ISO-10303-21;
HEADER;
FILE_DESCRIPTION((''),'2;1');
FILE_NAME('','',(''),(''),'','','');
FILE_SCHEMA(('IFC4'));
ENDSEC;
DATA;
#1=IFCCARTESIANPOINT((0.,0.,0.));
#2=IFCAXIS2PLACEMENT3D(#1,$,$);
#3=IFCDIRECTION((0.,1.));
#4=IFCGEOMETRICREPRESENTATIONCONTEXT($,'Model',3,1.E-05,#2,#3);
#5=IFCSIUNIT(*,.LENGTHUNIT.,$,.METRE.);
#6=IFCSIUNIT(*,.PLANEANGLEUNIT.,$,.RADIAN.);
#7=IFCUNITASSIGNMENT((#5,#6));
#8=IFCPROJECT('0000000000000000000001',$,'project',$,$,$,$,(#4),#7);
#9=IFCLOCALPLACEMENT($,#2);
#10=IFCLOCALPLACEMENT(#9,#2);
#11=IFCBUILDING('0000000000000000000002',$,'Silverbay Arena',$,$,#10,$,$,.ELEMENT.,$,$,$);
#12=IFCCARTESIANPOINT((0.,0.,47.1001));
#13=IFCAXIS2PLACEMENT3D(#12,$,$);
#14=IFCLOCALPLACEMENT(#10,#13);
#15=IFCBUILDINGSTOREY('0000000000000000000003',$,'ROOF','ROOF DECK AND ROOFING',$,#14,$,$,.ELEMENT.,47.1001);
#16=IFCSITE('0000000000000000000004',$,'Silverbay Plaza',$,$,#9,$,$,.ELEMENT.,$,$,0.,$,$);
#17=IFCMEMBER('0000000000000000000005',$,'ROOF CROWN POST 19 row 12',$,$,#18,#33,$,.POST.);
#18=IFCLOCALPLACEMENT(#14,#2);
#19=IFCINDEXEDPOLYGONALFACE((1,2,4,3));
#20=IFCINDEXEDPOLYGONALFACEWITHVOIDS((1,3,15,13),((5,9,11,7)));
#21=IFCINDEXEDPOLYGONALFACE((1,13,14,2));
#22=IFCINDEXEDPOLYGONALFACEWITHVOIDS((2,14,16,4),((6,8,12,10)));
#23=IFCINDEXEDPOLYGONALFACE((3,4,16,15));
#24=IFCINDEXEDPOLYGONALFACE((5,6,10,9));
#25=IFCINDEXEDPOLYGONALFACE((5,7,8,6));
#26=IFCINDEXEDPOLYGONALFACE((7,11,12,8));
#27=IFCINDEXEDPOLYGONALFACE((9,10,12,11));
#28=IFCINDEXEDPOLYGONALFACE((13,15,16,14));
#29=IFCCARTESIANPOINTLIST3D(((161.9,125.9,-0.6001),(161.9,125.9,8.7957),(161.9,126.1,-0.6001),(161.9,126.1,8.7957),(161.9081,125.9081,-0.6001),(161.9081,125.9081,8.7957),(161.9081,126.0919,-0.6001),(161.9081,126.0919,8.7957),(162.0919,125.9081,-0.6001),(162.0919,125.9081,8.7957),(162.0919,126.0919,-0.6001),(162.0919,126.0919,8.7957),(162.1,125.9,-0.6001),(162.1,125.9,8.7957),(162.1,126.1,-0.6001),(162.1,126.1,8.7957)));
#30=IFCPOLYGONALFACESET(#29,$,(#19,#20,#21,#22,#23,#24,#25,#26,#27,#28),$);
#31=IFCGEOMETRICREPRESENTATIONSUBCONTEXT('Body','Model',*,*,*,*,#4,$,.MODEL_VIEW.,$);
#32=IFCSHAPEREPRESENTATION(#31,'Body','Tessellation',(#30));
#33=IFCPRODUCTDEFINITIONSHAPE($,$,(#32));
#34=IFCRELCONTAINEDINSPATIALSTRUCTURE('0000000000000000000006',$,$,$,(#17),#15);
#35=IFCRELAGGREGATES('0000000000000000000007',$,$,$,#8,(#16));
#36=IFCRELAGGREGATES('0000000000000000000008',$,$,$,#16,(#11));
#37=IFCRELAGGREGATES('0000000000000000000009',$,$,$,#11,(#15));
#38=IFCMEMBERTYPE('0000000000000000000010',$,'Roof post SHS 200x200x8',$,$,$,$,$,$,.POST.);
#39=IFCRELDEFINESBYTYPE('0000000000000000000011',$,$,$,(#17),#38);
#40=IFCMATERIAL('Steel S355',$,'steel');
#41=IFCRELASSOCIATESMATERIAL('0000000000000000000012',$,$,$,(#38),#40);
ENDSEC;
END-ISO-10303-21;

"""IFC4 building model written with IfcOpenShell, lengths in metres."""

from ifc_helpers import new_model, si_unit, direction, frame, origin, origin_2d, place, context, subcontext, project, spatial, hollow_rectangle, extrude, material, material_profile, profile_set, type_object, element, save


model = new_model("IFC4")

# Units and contexts
model_context = context("Model", 3, precision=1e-05, world=origin(), true_north=direction((0.0, 1.0)))
body_context = subcontext(model_context, "Body", "Model", "MODEL_VIEW")
ifc_project = project(units=[si_unit("LENGTHUNIT", "METRE"), si_unit("PLANEANGLEUNIT", "RADIAN")], contexts=[model_context])

# Site, building, storey
site_placement = place(None, origin())
site = spatial("IfcSite", under=ifc_project, at=site_placement, Name="Silverbay Plaza", CompositionType="ELEMENT", RefElevation=0.0)
building_placement = place(site_placement, origin())
building = spatial("IfcBuilding", under=site, at=building_placement, Name="Silverbay Arena", CompositionType="ELEMENT")
storey_placement = place(building_placement, frame((0.0, 0.0, 47.1001)))
storey = spatial("IfcBuildingStorey", under=building, at=storey_placement, Name="ROOF", Description="ROOF DECK AND ROOFING", CompositionType="ELEMENT", Elevation=47.1001)

# Member
ifc_material_1 = material(Name="Steel S355", Category="steel")
ifc_material_profile_1 = material_profile(ifc_material_1, hollow_rectangle(XDim=0.2, YDim=0.2, WallThickness=0.0081, at=origin_2d()), Name="SHS 200x200x8")
ifc_profile_set_1 = profile_set([ifc_material_profile_1], Name="Steel S355")
member_type_1 = type_object("IfcMemberType", Name="Roof post SHS 200x200x8", PredefinedType="POST", material=ifc_profile_set_1)
member_1_placement = place(storey_placement, frame((162.0, 126.0, -0.6001), z_axis=(0.0, 0.0, 1.0), x_axis=(1.0, 0.0, 0.0)))
element("IfcMember", 1, at=member_1_placement, inside=storey, type_object=member_type_1, Name="ROOF CROWN POST 19 row 12", PredefinedType="POST", context=body_context, shape_type="SweptSolid", body=[
    extrude(hollow_rectangle(XDim=0.2, YDim=0.2, WallThickness=0.0081, at=origin_2d()), origin(), (0.0, 0.0, 1.0), 9.3958),
])

save(model, "model.ifc")
